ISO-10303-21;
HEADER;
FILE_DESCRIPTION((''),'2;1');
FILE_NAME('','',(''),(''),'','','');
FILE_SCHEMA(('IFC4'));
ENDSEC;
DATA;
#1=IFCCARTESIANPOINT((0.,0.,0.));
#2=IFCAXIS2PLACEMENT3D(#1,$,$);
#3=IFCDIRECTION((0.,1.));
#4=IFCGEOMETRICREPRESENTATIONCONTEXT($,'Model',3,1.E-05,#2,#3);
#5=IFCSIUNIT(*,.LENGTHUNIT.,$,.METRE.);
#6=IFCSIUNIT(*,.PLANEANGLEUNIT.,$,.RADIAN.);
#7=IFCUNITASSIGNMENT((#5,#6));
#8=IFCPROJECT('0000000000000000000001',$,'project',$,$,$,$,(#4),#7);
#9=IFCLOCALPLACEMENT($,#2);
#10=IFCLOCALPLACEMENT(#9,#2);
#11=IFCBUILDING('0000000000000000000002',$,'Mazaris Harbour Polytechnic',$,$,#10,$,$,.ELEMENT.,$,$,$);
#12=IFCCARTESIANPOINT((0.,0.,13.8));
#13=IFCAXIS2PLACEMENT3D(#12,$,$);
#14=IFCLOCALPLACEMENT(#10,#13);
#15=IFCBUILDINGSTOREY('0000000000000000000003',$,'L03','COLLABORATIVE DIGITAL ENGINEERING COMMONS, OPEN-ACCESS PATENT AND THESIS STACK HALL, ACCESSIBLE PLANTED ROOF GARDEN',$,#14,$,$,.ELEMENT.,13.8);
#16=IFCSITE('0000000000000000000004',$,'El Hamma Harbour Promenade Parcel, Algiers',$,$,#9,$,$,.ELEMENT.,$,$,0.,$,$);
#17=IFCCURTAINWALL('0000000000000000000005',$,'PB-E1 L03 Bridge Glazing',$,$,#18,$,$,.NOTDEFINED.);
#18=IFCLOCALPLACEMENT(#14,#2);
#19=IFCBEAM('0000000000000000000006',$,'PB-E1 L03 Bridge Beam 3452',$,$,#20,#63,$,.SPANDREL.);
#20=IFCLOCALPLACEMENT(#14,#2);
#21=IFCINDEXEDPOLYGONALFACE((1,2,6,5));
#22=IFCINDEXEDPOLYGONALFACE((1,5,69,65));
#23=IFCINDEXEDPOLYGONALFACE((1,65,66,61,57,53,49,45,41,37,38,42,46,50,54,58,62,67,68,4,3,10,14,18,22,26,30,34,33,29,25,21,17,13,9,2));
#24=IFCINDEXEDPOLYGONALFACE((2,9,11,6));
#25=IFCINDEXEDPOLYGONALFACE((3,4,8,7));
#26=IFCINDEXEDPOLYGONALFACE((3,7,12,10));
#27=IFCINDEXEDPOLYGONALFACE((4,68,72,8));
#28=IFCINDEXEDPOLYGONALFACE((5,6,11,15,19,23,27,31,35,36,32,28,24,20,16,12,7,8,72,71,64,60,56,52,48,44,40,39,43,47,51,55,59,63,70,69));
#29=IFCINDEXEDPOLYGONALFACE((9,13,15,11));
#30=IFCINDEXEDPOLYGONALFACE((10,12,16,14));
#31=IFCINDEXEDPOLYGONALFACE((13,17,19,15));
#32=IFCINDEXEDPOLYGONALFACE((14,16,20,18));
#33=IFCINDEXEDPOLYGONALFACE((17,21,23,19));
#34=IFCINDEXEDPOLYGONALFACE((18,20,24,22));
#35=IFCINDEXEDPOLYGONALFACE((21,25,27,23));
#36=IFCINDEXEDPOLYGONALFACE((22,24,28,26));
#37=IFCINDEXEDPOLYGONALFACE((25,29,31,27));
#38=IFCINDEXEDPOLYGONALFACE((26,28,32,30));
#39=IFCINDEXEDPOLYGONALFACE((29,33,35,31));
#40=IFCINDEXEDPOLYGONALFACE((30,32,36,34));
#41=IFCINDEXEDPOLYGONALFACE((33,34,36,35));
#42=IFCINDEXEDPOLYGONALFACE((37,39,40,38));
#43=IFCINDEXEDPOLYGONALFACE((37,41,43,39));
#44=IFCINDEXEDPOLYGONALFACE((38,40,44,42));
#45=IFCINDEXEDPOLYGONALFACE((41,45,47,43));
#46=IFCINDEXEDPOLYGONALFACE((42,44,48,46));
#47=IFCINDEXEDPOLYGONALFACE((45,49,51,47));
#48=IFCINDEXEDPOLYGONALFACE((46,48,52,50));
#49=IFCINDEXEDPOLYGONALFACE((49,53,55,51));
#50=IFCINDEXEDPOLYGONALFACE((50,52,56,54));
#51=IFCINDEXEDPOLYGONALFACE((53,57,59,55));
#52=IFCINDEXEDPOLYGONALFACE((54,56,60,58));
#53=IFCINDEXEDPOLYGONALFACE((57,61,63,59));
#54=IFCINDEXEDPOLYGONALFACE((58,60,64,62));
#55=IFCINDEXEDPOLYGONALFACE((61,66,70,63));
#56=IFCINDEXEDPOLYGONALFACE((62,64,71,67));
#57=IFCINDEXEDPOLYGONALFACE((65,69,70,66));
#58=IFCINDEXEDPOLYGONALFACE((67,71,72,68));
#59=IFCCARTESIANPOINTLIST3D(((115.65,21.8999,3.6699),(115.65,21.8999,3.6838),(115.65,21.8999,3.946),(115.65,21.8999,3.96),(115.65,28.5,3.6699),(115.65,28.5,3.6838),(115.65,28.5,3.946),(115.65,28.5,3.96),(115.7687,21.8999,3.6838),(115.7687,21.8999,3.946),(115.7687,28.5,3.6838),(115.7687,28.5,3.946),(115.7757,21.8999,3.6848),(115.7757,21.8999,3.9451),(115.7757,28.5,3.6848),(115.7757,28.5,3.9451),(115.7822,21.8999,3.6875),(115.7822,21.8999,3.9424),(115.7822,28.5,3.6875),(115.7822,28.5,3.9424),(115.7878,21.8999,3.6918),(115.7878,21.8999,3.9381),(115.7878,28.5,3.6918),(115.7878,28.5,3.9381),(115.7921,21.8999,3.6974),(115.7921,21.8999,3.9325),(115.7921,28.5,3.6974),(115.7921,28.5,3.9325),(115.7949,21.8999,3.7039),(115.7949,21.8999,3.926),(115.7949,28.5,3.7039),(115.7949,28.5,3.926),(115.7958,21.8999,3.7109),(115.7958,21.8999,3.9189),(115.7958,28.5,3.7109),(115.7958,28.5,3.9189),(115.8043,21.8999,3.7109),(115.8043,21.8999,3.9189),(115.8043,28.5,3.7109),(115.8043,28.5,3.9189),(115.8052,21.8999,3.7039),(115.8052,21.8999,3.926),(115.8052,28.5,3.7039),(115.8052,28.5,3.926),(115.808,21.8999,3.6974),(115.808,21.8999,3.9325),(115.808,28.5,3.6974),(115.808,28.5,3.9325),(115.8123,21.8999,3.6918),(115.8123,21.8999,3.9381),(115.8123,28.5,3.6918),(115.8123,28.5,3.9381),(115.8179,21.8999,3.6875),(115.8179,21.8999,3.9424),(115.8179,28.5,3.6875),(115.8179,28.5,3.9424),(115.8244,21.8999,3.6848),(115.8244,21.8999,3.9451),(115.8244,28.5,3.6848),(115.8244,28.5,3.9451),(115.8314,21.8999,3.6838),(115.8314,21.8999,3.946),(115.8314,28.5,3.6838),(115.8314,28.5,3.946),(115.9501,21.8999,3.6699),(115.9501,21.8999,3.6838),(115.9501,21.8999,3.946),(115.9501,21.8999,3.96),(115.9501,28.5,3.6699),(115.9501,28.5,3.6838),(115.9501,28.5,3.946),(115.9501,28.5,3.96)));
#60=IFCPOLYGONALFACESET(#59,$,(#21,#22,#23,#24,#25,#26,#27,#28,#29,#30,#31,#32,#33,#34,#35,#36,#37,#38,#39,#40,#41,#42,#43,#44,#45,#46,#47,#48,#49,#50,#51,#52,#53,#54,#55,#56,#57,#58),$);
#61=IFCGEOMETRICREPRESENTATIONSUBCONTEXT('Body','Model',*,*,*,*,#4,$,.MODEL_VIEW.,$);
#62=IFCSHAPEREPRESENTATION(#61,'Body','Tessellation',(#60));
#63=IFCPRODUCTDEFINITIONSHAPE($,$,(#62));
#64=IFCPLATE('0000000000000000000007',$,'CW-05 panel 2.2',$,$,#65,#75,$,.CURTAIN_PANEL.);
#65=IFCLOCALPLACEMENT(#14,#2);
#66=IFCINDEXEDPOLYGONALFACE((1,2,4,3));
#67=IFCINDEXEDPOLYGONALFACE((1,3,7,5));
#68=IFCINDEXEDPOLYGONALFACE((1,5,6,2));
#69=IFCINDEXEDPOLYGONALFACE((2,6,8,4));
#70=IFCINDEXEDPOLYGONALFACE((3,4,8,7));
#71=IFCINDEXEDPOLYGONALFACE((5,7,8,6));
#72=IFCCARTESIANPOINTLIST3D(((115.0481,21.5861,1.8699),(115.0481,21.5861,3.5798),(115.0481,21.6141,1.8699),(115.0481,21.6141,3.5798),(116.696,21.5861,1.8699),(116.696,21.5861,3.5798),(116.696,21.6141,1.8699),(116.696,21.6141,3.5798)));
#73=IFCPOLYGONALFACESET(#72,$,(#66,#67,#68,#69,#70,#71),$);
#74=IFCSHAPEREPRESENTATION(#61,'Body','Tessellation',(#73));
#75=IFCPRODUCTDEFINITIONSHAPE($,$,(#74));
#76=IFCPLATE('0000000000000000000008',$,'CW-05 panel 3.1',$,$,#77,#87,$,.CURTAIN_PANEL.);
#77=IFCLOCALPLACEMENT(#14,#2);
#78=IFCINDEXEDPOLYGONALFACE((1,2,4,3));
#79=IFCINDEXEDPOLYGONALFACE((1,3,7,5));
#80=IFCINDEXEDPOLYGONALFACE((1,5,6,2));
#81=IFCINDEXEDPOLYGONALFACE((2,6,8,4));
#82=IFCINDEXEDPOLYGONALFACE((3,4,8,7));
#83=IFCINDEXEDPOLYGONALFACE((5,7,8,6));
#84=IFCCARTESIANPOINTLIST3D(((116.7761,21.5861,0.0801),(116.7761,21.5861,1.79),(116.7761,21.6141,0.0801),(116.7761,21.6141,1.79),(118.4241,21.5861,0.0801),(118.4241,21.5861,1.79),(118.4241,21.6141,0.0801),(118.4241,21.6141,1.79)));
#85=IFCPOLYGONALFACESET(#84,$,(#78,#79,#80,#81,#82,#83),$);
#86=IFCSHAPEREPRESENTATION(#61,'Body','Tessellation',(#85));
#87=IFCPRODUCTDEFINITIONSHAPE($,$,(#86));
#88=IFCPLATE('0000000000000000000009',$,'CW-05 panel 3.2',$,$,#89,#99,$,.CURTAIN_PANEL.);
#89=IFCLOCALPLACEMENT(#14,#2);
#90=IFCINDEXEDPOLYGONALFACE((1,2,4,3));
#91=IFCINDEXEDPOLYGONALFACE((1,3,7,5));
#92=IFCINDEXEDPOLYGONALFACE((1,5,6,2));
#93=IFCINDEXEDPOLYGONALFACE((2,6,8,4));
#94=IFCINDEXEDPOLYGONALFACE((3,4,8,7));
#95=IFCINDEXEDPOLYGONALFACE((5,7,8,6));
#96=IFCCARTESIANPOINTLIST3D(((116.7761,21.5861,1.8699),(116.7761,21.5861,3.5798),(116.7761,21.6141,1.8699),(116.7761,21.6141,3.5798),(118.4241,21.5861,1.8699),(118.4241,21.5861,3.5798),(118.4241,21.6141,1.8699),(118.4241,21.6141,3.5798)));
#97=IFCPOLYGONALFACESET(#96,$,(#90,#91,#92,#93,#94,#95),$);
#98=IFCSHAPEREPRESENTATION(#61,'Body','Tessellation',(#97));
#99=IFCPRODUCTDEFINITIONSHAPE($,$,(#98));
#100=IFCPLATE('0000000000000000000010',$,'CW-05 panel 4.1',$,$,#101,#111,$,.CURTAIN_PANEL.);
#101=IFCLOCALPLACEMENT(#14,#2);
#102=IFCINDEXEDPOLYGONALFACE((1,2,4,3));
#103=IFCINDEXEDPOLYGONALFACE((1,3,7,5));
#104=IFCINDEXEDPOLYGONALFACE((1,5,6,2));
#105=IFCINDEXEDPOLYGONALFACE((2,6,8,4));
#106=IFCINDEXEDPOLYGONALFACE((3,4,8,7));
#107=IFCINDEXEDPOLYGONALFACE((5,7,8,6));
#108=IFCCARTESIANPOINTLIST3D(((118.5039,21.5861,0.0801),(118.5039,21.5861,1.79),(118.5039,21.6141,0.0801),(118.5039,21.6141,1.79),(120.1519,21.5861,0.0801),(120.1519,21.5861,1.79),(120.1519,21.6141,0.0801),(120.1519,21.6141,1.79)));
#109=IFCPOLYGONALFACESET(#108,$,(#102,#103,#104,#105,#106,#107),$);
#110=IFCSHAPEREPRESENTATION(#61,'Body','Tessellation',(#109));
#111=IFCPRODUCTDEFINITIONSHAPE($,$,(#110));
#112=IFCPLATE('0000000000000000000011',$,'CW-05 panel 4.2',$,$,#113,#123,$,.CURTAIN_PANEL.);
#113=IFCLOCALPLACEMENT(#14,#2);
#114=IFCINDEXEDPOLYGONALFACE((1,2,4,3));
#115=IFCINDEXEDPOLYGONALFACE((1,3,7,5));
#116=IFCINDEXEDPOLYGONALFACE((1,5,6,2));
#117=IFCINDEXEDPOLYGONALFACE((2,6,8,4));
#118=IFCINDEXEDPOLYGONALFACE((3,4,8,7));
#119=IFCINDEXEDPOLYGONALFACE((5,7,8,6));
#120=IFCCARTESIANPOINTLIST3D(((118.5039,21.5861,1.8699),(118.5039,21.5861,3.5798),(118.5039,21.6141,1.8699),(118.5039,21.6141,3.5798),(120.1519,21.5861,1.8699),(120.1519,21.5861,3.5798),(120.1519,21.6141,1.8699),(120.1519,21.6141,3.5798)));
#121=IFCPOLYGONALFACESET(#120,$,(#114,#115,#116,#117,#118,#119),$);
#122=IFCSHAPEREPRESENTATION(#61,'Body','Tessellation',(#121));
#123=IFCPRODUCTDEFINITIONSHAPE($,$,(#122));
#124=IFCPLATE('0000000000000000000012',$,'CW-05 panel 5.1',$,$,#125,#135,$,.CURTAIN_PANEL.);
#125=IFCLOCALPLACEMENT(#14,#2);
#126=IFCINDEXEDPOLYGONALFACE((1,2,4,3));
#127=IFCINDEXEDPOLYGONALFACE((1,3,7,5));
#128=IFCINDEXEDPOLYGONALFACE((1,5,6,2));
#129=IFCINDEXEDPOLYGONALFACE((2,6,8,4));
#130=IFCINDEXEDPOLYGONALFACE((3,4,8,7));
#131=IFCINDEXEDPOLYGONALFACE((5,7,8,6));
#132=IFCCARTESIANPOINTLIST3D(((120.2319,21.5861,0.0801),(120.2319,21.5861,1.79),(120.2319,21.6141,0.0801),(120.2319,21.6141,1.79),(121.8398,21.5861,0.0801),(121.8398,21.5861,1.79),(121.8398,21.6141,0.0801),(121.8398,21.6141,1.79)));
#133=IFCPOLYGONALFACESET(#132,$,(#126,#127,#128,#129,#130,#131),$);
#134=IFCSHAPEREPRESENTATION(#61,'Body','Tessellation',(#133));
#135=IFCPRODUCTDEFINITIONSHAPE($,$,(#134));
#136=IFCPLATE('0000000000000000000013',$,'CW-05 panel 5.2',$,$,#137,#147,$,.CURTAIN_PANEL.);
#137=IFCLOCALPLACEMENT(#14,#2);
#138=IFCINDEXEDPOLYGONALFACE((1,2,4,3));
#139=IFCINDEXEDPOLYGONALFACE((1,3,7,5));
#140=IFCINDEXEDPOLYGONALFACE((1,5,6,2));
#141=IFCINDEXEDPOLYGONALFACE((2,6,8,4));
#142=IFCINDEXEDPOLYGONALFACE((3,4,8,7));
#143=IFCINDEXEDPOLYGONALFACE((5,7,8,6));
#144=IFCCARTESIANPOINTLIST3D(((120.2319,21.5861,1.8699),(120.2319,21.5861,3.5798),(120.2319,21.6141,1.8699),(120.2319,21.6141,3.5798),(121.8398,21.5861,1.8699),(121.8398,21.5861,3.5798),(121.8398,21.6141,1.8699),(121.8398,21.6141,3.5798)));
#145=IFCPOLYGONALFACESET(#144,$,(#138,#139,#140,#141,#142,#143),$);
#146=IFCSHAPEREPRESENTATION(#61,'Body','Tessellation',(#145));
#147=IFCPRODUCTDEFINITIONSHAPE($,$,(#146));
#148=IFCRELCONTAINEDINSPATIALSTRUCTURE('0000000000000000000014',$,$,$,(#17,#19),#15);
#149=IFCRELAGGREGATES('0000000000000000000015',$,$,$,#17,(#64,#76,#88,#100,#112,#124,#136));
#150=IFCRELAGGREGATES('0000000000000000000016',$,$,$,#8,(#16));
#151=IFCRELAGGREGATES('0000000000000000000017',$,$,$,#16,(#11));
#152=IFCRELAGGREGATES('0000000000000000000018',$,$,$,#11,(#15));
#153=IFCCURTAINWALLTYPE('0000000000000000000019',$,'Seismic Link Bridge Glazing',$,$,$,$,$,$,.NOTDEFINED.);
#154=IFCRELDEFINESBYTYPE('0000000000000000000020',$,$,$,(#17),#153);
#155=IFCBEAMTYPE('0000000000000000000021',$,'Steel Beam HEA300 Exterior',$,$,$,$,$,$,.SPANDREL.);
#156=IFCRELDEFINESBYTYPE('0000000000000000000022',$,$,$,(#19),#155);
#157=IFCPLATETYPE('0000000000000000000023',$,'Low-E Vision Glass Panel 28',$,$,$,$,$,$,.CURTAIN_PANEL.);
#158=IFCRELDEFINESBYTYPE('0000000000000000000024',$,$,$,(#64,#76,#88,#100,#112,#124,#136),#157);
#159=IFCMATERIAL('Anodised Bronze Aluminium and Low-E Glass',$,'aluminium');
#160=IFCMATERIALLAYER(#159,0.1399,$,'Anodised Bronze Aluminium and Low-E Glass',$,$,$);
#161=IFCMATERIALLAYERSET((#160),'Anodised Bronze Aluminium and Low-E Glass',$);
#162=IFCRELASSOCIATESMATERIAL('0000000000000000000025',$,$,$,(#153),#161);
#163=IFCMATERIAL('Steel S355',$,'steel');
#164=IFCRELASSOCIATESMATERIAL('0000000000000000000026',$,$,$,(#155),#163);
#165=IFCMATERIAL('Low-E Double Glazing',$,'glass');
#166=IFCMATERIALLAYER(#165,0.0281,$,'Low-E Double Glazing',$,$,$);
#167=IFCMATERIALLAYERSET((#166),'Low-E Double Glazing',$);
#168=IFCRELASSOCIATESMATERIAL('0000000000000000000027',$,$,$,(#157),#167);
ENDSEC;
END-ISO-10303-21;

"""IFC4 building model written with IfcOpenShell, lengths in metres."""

from ifc_helpers import new_model, si_unit, direction, frame, origin, origin_2d, place, context, subcontext, project, spatial, rectangle, i_section, extrude, material, layer, layer_set, material_profile, profile_set, type_object, element, aggregate, save


model = new_model("IFC4")

# Units and contexts
model_context = context("Model", 3, precision=1e-05, world=origin(), true_north=direction((0.0, 1.0)))
body_context = subcontext(model_context, "Body", "Model", "MODEL_VIEW")
ifc_project = project(units=[si_unit("LENGTHUNIT", "METRE"), si_unit("PLANEANGLEUNIT", "RADIAN")], contexts=[model_context])

# Site, building, storey
site_placement = place(None, origin())
site = spatial("IfcSite", under=ifc_project, at=site_placement, Name="El Hamma Harbour Promenade Parcel, Algiers", CompositionType="ELEMENT", RefElevation=0.0)
building_placement = place(site_placement, origin())
building = spatial("IfcBuilding", under=site, at=building_placement, Name="Mazaris Harbour Polytechnic", CompositionType="ELEMENT")
storey_placement = place(building_placement, frame((0.0, 0.0, 13.8)))
storey = spatial("IfcBuildingStorey", under=building, at=storey_placement, Name="L03", Description="COLLABORATIVE DIGITAL ENGINEERING COMMONS, OPEN-ACCESS PATENT AND THESIS STACK HALL, ACCESSIBLE PLANTED ROOF GARDEN", CompositionType="ELEMENT", Elevation=13.8)

# Curtain wall
ifc_material_1 = material(Name="Anodised Bronze Aluminium and Low-E Glass", Category="aluminium")
ifc_layer_1 = layer(ifc_material_1, 0.1399, Name="Anodised Bronze Aluminium and Low-E Glass")
ifc_layer_set_1 = layer_set([ifc_layer_1], Name="Anodised Bronze Aluminium and Low-E Glass")
curtain_wall_type = type_object("IfcCurtainWallType", Name="Seismic Link Bridge Glazing", PredefinedType="NOTDEFINED", material=ifc_layer_set_1)
curtain_wall_placement = place(storey_placement, origin())
curtain_wall = element("IfcCurtainWall", 1, at=curtain_wall_placement, inside=storey, type_object=curtain_wall_type, Name="PB-E1 L03 Bridge Glazing", PredefinedType="NOTDEFINED")

# Beam
ifc_material_2 = material(Name="Steel S355", Category="steel")
ifc_material_profile_1 = material_profile(ifc_material_2, i_section(OverallWidth=0.3, OverallDepth=0.29, WebThickness=0.0085, FlangeThickness=0.0139, FilletRadius=0.0271, at=origin_2d()), Name="HEA 300")
ifc_profile_set_1 = profile_set([ifc_material_profile_1], Name="Steel S355")
beam_type = type_object("IfcBeamType", Name="Steel Beam HEA300 Exterior", PredefinedType="SPANDREL", material=ifc_profile_set_1)
beam_1_placement = place(storey_placement, frame((115.8, 21.8999, 3.8149), z_axis=(0.0, 1.0, 0.0), x_axis=(-1.0, 0.0, 0.0)))
element("IfcBeam", 2, at=beam_1_placement, inside=storey, type_object=beam_type, Name="PB-E1 L03 Bridge Beam 3452", PredefinedType="SPANDREL", context=body_context, shape_type="SweptSolid", body=[
    extrude(i_section(OverallWidth=0.3, OverallDepth=0.29, WebThickness=0.0085, FlangeThickness=0.0139, FilletRadius=0.0271, at=origin_2d()), origin(), (0.0, 0.0, 1.0), 6.6001),
])

# Plates
ifc_material_3 = material(Name="Low-E Double Glazing", Category="glass")
ifc_layer_2 = layer(ifc_material_3, 0.0281, Name="Low-E Double Glazing")
ifc_layer_set_2 = layer_set([ifc_layer_2], Name="Low-E Double Glazing")
plate_type = type_object("IfcPlateType", Name="Low-E Vision Glass Panel 28", PredefinedType="CURTAIN_PANEL", material=ifc_layer_set_2)
plate_1_placement = place(storey_placement, frame((115.8721, 21.6001, 1.8699), z_axis=(0.0, 0.0, 1.0), x_axis=(1.0, 0.0, 0.0)))
plate_1 = element("IfcPlate", 3, at=plate_1_placement, type_object=plate_type, Name="CW-05 panel 2.2", PredefinedType="CURTAIN_PANEL", context=body_context, shape_type="SweptSolid", body=[
    extrude(rectangle(XDim=1.6479, YDim=0.0281, at=origin_2d()), origin(), (0.0, 0.0, 1.0), 1.71),
])
plate_2_placement = place(storey_placement, frame((117.6001, 21.6001, 0.0801), z_axis=(0.0, 0.0, 1.0), x_axis=(1.0, 0.0, 0.0)))
plate_2 = element("IfcPlate", 4, at=plate_2_placement, type_object=plate_type, Name="CW-05 panel 3.1", PredefinedType="CURTAIN_PANEL", context=body_context, shape_type="SweptSolid", body=[
    extrude(rectangle(XDim=1.6479, YDim=0.0281, at=origin_2d()), origin(), (0.0, 0.0, 1.0), 1.71),
])
plate_3_placement = place(storey_placement, frame((117.6001, 21.6001, 1.8699), z_axis=(0.0, 0.0, 1.0), x_axis=(1.0, 0.0, 0.0)))
plate_3 = element("IfcPlate", 5, at=plate_3_placement, type_object=plate_type, Name="CW-05 panel 3.2", PredefinedType="CURTAIN_PANEL", context=body_context, shape_type="SweptSolid", body=[
    extrude(rectangle(XDim=1.6479, YDim=0.0281, at=origin_2d()), origin(), (0.0, 0.0, 1.0), 1.71),
])
plate_4_placement = place(storey_placement, frame((119.3279, 21.6001, 0.0801), z_axis=(0.0, 0.0, 1.0), x_axis=(1.0, 0.0, 0.0)))
plate_4 = element("IfcPlate", 6, at=plate_4_placement, type_object=plate_type, Name="CW-05 panel 4.1", PredefinedType="CURTAIN_PANEL", context=body_context, shape_type="SweptSolid", body=[
    extrude(rectangle(XDim=1.6479, YDim=0.0281, at=origin_2d()), origin(), (0.0, 0.0, 1.0), 1.71),
])
plate_5_placement = place(storey_placement, frame((119.3279, 21.6001, 1.8699), z_axis=(0.0, 0.0, 1.0), x_axis=(1.0, 0.0, 0.0)))
plate_5 = element("IfcPlate", 7, at=plate_5_placement, type_object=plate_type, Name="CW-05 panel 4.2", PredefinedType="CURTAIN_PANEL", context=body_context, shape_type="SweptSolid", body=[
    extrude(rectangle(XDim=1.6479, YDim=0.0281, at=origin_2d()), origin(), (0.0, 0.0, 1.0), 1.71),
])
plate_6_placement = place(storey_placement, frame((121.0359, 21.6001, 0.0801), z_axis=(0.0, 0.0, 1.0), x_axis=(1.0, 0.0, 0.0)))
plate_6 = element("IfcPlate", 8, at=plate_6_placement, type_object=plate_type, Name="CW-05 panel 5.1", PredefinedType="CURTAIN_PANEL", context=body_context, shape_type="SweptSolid", body=[
    extrude(rectangle(XDim=1.6079, YDim=0.0281, at=origin_2d()), origin(), (0.0, 0.0, 1.0), 1.71),
])
plate_7_placement = place(storey_placement, frame((121.0359, 21.6001, 1.8699), z_axis=(0.0, 0.0, 1.0), x_axis=(1.0, 0.0, 0.0)))
plate_7 = element("IfcPlate", 9, at=plate_7_placement, type_object=plate_type, Name="CW-05 panel 5.2", PredefinedType="CURTAIN_PANEL", context=body_context, shape_type="SweptSolid", body=[
    extrude(rectangle(XDim=1.6079, YDim=0.0281, at=origin_2d()), origin(), (0.0, 0.0, 1.0), 1.71),
])
aggregate(curtain_wall, [plate_1, plate_2, plate_3, plate_4, plate_5, plate_6, plate_7])

save(model, "model.ifc")
